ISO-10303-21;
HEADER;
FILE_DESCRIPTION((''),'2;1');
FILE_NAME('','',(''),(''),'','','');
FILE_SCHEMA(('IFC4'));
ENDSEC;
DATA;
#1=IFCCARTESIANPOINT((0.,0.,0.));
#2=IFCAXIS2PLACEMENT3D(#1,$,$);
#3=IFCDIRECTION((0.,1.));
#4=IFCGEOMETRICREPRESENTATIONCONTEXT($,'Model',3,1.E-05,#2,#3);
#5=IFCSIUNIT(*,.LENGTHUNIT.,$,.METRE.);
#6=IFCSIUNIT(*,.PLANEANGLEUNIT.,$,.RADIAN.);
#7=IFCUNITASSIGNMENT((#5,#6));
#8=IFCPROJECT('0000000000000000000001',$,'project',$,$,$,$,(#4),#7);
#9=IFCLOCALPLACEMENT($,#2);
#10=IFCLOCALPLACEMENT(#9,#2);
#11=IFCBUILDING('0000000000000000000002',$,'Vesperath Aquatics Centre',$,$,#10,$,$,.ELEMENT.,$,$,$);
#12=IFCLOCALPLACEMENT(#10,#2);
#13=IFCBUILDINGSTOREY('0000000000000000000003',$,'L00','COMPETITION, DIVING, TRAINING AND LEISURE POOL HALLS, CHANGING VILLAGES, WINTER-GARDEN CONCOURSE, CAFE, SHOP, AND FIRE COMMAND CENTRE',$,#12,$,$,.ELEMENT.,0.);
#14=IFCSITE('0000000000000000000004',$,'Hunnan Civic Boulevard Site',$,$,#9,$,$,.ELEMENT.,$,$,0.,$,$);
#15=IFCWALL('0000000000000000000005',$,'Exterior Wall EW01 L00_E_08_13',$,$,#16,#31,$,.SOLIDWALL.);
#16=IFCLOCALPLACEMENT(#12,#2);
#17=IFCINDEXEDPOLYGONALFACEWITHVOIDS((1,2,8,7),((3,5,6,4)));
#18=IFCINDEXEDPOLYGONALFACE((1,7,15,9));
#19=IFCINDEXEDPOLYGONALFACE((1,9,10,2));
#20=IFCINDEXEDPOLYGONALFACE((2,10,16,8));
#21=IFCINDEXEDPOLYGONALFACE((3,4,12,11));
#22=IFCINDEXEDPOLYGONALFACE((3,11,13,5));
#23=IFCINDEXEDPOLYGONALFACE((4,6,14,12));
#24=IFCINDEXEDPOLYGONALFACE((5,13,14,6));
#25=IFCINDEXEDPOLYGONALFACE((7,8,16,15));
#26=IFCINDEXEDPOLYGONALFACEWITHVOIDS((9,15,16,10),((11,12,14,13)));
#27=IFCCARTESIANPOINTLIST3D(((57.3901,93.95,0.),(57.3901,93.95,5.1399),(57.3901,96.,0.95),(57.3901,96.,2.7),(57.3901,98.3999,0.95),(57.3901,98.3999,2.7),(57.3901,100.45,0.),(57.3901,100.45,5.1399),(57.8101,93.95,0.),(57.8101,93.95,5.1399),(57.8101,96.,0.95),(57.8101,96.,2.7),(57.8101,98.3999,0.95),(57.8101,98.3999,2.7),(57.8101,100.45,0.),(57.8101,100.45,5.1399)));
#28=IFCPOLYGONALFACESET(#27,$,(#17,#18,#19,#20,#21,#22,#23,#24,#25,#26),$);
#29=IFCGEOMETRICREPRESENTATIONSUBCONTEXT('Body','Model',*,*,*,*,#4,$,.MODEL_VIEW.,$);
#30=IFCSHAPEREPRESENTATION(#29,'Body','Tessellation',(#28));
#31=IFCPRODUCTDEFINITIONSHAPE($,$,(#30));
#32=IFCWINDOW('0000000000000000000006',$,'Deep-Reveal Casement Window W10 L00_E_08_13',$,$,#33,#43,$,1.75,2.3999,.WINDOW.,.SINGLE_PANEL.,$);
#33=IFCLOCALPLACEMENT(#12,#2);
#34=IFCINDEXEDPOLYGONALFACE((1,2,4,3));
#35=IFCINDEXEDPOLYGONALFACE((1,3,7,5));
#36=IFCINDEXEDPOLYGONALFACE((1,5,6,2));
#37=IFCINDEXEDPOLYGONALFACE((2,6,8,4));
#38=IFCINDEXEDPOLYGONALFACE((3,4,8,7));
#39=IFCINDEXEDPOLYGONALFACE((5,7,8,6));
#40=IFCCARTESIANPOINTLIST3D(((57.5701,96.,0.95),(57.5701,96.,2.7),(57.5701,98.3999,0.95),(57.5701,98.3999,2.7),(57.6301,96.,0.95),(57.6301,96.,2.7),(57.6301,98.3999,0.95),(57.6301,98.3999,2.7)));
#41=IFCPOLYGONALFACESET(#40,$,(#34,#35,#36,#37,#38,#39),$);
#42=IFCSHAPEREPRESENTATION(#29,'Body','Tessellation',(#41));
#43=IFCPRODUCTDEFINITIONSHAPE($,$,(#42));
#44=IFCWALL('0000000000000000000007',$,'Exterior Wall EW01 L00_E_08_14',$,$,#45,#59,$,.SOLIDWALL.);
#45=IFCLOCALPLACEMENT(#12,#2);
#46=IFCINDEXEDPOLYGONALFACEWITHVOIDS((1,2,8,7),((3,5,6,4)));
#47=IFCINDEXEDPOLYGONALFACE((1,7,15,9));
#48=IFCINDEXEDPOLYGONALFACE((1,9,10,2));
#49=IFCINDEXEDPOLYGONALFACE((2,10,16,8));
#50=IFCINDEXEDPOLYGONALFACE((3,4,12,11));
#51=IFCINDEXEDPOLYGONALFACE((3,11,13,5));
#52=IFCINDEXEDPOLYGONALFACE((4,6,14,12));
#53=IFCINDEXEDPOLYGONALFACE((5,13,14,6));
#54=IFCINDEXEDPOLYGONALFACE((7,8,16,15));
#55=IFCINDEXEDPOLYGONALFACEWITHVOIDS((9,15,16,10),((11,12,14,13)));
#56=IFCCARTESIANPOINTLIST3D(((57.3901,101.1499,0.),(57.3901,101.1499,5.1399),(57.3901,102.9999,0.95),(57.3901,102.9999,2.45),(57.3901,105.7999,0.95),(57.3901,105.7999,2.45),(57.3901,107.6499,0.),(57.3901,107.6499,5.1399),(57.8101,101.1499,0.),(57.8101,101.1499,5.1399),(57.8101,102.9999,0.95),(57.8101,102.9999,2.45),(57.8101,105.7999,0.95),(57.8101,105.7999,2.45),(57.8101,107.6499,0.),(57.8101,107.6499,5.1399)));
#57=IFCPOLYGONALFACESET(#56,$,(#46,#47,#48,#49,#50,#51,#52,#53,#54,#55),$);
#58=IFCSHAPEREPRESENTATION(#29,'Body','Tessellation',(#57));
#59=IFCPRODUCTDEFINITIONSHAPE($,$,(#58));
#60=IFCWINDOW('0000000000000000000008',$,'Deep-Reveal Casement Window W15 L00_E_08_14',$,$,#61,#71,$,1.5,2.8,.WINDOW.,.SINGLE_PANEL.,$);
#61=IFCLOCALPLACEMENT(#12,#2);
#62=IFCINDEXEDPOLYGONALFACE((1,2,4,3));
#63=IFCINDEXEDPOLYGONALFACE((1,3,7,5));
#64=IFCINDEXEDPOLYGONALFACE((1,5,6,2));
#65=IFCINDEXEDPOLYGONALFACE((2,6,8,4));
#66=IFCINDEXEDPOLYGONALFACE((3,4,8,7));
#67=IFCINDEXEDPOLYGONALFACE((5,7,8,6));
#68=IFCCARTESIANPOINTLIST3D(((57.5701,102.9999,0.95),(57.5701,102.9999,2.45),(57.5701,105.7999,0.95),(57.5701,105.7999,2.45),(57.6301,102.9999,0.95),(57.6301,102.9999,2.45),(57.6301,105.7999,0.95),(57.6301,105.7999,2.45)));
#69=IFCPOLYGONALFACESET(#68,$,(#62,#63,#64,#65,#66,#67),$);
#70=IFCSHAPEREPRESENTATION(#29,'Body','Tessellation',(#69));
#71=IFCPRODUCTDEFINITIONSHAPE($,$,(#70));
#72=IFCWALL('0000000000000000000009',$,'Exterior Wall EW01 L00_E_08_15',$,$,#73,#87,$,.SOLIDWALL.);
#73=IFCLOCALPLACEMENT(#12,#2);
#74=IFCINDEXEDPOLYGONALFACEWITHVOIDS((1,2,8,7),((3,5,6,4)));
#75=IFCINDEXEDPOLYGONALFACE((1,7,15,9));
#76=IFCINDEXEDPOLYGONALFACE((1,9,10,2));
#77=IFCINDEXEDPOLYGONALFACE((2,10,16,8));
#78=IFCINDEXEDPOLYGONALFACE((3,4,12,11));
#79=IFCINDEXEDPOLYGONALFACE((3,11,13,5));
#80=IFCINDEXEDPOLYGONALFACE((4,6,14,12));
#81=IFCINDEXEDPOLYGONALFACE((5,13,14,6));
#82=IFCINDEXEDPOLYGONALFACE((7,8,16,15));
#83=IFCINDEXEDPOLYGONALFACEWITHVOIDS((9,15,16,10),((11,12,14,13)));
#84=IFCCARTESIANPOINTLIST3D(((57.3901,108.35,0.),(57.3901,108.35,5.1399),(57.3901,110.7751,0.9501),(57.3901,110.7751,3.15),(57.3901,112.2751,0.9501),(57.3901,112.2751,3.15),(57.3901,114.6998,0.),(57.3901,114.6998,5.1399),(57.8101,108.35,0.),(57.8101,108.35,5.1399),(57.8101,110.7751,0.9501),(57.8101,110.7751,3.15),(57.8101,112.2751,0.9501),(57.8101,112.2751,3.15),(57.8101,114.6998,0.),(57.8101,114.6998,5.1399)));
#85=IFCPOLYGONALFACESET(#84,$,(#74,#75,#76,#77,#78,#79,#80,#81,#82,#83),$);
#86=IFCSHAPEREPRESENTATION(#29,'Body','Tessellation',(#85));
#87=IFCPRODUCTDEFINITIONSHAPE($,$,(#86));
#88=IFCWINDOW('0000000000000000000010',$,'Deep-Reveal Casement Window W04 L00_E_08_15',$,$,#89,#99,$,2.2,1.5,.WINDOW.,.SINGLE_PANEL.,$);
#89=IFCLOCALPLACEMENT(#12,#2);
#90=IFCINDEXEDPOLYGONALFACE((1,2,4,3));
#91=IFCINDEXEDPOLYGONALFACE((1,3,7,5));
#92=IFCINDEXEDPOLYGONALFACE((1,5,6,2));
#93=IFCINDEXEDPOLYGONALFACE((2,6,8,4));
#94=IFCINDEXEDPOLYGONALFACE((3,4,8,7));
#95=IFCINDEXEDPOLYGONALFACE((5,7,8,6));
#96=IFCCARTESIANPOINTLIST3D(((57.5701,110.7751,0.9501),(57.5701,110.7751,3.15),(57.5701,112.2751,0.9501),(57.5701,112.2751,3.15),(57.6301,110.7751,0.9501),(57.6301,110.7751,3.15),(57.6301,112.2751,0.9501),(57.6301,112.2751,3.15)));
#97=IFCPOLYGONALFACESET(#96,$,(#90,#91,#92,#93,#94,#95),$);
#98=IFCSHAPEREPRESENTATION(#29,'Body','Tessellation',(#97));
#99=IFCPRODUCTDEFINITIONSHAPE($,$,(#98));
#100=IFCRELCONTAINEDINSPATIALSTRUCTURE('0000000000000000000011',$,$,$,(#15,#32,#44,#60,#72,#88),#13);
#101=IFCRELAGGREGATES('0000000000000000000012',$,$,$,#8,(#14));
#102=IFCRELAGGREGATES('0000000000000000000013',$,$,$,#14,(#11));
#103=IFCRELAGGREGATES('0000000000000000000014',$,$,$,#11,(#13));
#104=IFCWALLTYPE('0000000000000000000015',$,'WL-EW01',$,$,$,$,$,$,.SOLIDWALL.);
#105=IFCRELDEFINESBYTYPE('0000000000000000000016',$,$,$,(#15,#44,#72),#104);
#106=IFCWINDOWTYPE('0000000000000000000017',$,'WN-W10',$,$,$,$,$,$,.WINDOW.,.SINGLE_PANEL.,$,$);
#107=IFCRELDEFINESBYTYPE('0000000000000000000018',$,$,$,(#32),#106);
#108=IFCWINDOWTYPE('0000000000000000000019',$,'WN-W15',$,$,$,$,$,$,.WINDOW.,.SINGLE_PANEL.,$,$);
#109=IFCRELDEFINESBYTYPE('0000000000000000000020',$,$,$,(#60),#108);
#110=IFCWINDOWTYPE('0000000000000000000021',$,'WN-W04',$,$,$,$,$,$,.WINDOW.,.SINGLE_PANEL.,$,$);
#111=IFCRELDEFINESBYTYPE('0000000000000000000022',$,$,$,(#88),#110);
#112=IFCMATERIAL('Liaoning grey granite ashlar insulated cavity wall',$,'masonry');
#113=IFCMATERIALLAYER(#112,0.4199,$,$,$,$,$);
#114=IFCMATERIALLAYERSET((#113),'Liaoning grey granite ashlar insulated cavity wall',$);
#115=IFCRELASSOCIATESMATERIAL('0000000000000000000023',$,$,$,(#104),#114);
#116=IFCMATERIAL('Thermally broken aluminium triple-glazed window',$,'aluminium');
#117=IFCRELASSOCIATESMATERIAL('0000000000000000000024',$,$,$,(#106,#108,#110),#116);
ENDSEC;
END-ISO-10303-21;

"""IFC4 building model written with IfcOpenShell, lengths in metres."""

from ifc_helpers import new_model, si_unit, direction, frame, frame_2d, origin, place, context, subcontext, project, spatial, rectangle, extrude, material, layer, layer_set, type_object, element, fill, save


model = new_model("IFC4")

# Units and contexts
model_context = context("Model", 3, precision=1e-05, world=origin(), true_north=direction((0.0, 1.0)))
body_context = subcontext(model_context, "Body", "Model", "MODEL_VIEW")
ifc_project = project(units=[si_unit("LENGTHUNIT", "METRE"), si_unit("PLANEANGLEUNIT", "RADIAN")], contexts=[model_context])

# Site, building, storey
site_placement = place(None, origin())
site = spatial("IfcSite", under=ifc_project, at=site_placement, Name="Hunnan Civic Boulevard Site", CompositionType="ELEMENT", RefElevation=0.0)
building_placement = place(site_placement, origin())
building = spatial("IfcBuilding", under=site, at=building_placement, Name="Vesperath Aquatics Centre", CompositionType="ELEMENT")
storey_placement = place(building_placement, origin())
storey = spatial("IfcBuildingStorey", under=building, at=storey_placement, Name="L00", Description="COMPETITION, DIVING, TRAINING AND LEISURE POOL HALLS, CHANGING VILLAGES, WINTER-GARDEN CONCOURSE, CAFE, SHOP, AND FIRE COMMAND CENTRE", CompositionType="ELEMENT", Elevation=0.0)

# Shared definitions
ifc_material_1 = material(Name="Liaoning grey granite ashlar insulated cavity wall", Category="masonry")
ifc_layer_1 = layer(ifc_material_1, 0.4199)
ifc_layer_set_1 = layer_set([ifc_layer_1], Name="Liaoning grey granite ashlar insulated cavity wall")
wall_type = type_object("IfcWallType", Name="WL-EW01", PredefinedType="SOLIDWALL", material=ifc_layer_set_1)
ifc_material_2 = material(Name="Thermally broken aluminium triple-glazed window", Category="aluminium")

# Walls, openings, windows
wall_1_placement = place(storey_placement, frame((57.6001, 93.95, 0.0), z_axis=(0.0, 0.0, 1.0), x_axis=(0.0, 1.0, 0.0)))
wall_1 = element("IfcWall", 1, at=wall_1_placement, inside=storey, type_object=wall_type, Name="Exterior Wall EW01 L00_E_08_13", PredefinedType="SOLIDWALL", context=body_context, shape_type="SweptSolid", body=[
    extrude(rectangle(XDim=6.5, YDim=0.4199, at=frame_2d((3.25, 0.0))), origin(), (0.0, 0.0, 1.0), 5.1399),
])
opening_1_placement = place(wall_1_placement, frame((2.05, 0.0, 0.95)))
opening_1 = element("IfcOpeningElement", 2, at=opening_1_placement, cuts=wall_1, PredefinedType="OPENING", context=body_context, shape_type="SweptSolid", body=[
    extrude(rectangle(XDim=2.3999, YDim=1.75, at=frame_2d((1.2, 0.875))), frame((0.0, 0.2249, 0.0), z_axis=(0.0, -1.0, 0.0), x_axis=(1.0, 0.0, 0.0)), (0.0, 0.0, 1.0), 0.4497),
])
window_type_1 = type_object("IfcWindowType", Name="WN-W10", PartitioningType="SINGLE_PANEL", PredefinedType="WINDOW", material=ifc_material_2)
window_1_placement = place(opening_1_placement, origin())
window_1 = element("IfcWindow", 3, at=window_1_placement, inside=storey, type_object=window_type_1, Name="Deep-Reveal Casement Window W10 L00_E_08_13", OverallHeight=1.75, OverallWidth=2.3999, PartitioningType="SINGLE_PANEL", PredefinedType="WINDOW", context=body_context, shape_type="SweptSolid", body=[
    extrude(rectangle(XDim=2.3999, YDim=1.75, at=frame_2d((1.2, 0.875))), frame((0.0, 0.03, 0.0), z_axis=(0.0, -1.0, 0.0), x_axis=(1.0, 0.0, 0.0)), (0.0, 0.0, 1.0), 0.0601),
])
fill(opening_1, window_1)
wall_2_placement = place(storey_placement, frame((57.6001, 101.1499, 0.0), z_axis=(0.0, 0.0, 1.0), x_axis=(0.0, 1.0, 0.0)))
wall_2 = element("IfcWall", 4, at=wall_2_placement, inside=storey, type_object=wall_type, Name="Exterior Wall EW01 L00_E_08_14", PredefinedType="SOLIDWALL", context=body_context, shape_type="SweptSolid", body=[
    extrude(rectangle(XDim=6.5, YDim=0.4199, at=frame_2d((3.25, 0.0))), origin(), (0.0, 0.0, 1.0), 5.1399),
])
opening_2_placement = place(wall_2_placement, frame((1.8501, 0.0, 0.95)))
opening_2 = element("IfcOpeningElement", 5, at=opening_2_placement, cuts=wall_2, PredefinedType="OPENING", context=body_context, shape_type="SweptSolid", body=[
    extrude(rectangle(XDim=2.8, YDim=1.5, at=frame_2d((1.3999, 0.75))), frame((0.0, 0.2249, 0.0), z_axis=(0.0, -1.0, 0.0), x_axis=(1.0, 0.0, 0.0)), (0.0, 0.0, 1.0), 0.4497),
])
window_type_2 = type_object("IfcWindowType", Name="WN-W15", PartitioningType="SINGLE_PANEL", PredefinedType="WINDOW", material=ifc_material_2)
window_2_placement = place(opening_2_placement, origin())
window_2 = element("IfcWindow", 6, at=window_2_placement, inside=storey, type_object=window_type_2, Name="Deep-Reveal Casement Window W15 L00_E_08_14", OverallHeight=1.5, OverallWidth=2.8, PartitioningType="SINGLE_PANEL", PredefinedType="WINDOW", context=body_context, shape_type="SweptSolid", body=[
    extrude(rectangle(XDim=2.8, YDim=1.5, at=frame_2d((1.3999, 0.75))), frame((0.0, 0.03, 0.0), z_axis=(0.0, -1.0, 0.0), x_axis=(1.0, 0.0, 0.0)), (0.0, 0.0, 1.0), 0.0601),
])
fill(opening_2, window_2)
wall_3_placement = place(storey_placement, frame((57.6001, 108.3501, 0.0), z_axis=(0.0, 0.0, 1.0), x_axis=(0.0, 1.0, 0.0)))
wall_3 = element("IfcWall", 7, at=wall_3_placement, inside=storey, type_object=wall_type, Name="Exterior Wall EW01 L00_E_08_15", PredefinedType="SOLIDWALL", context=body_context, shape_type="SweptSolid", body=[
    extrude(rectangle(XDim=6.3499, YDim=0.4199, at=frame_2d((3.1748, 0.0))), origin(), (0.0, 0.0, 1.0), 5.1399),
])
opening_3_placement = place(wall_3_placement, frame((2.425, 0.0, 0.95)))
opening_3 = element("IfcOpeningElement", 8, at=opening_3_placement, cuts=wall_3, PredefinedType="OPENING", context=body_context, shape_type="SweptSolid", body=[
    extrude(rectangle(XDim=1.5, YDim=2.2, at=frame_2d((0.75, 1.1001))), frame((0.0, 0.2249, 0.0), z_axis=(0.0, -1.0, 0.0), x_axis=(1.0, 0.0, 0.0)), (0.0, 0.0, 1.0), 0.4497),
])
window_type_3 = type_object("IfcWindowType", Name="WN-W04", PartitioningType="SINGLE_PANEL", PredefinedType="WINDOW", material=ifc_material_2)
window_3_placement = place(opening_3_placement, origin())
window_3 = element("IfcWindow", 9, at=window_3_placement, inside=storey, type_object=window_type_3, Name="Deep-Reveal Casement Window W04 L00_E_08_15", OverallHeight=2.2, OverallWidth=1.5, PartitioningType="SINGLE_PANEL", PredefinedType="WINDOW", context=body_context, shape_type="SweptSolid", body=[
    extrude(rectangle(XDim=1.5, YDim=2.2, at=frame_2d((0.75, 1.1001))), frame((0.0, 0.03, 0.0), z_axis=(0.0, -1.0, 0.0), x_axis=(1.0, 0.0, 0.0)), (0.0, 0.0, 1.0), 0.0601),
])
fill(opening_3, window_3)

save(model, "model.ifc")
